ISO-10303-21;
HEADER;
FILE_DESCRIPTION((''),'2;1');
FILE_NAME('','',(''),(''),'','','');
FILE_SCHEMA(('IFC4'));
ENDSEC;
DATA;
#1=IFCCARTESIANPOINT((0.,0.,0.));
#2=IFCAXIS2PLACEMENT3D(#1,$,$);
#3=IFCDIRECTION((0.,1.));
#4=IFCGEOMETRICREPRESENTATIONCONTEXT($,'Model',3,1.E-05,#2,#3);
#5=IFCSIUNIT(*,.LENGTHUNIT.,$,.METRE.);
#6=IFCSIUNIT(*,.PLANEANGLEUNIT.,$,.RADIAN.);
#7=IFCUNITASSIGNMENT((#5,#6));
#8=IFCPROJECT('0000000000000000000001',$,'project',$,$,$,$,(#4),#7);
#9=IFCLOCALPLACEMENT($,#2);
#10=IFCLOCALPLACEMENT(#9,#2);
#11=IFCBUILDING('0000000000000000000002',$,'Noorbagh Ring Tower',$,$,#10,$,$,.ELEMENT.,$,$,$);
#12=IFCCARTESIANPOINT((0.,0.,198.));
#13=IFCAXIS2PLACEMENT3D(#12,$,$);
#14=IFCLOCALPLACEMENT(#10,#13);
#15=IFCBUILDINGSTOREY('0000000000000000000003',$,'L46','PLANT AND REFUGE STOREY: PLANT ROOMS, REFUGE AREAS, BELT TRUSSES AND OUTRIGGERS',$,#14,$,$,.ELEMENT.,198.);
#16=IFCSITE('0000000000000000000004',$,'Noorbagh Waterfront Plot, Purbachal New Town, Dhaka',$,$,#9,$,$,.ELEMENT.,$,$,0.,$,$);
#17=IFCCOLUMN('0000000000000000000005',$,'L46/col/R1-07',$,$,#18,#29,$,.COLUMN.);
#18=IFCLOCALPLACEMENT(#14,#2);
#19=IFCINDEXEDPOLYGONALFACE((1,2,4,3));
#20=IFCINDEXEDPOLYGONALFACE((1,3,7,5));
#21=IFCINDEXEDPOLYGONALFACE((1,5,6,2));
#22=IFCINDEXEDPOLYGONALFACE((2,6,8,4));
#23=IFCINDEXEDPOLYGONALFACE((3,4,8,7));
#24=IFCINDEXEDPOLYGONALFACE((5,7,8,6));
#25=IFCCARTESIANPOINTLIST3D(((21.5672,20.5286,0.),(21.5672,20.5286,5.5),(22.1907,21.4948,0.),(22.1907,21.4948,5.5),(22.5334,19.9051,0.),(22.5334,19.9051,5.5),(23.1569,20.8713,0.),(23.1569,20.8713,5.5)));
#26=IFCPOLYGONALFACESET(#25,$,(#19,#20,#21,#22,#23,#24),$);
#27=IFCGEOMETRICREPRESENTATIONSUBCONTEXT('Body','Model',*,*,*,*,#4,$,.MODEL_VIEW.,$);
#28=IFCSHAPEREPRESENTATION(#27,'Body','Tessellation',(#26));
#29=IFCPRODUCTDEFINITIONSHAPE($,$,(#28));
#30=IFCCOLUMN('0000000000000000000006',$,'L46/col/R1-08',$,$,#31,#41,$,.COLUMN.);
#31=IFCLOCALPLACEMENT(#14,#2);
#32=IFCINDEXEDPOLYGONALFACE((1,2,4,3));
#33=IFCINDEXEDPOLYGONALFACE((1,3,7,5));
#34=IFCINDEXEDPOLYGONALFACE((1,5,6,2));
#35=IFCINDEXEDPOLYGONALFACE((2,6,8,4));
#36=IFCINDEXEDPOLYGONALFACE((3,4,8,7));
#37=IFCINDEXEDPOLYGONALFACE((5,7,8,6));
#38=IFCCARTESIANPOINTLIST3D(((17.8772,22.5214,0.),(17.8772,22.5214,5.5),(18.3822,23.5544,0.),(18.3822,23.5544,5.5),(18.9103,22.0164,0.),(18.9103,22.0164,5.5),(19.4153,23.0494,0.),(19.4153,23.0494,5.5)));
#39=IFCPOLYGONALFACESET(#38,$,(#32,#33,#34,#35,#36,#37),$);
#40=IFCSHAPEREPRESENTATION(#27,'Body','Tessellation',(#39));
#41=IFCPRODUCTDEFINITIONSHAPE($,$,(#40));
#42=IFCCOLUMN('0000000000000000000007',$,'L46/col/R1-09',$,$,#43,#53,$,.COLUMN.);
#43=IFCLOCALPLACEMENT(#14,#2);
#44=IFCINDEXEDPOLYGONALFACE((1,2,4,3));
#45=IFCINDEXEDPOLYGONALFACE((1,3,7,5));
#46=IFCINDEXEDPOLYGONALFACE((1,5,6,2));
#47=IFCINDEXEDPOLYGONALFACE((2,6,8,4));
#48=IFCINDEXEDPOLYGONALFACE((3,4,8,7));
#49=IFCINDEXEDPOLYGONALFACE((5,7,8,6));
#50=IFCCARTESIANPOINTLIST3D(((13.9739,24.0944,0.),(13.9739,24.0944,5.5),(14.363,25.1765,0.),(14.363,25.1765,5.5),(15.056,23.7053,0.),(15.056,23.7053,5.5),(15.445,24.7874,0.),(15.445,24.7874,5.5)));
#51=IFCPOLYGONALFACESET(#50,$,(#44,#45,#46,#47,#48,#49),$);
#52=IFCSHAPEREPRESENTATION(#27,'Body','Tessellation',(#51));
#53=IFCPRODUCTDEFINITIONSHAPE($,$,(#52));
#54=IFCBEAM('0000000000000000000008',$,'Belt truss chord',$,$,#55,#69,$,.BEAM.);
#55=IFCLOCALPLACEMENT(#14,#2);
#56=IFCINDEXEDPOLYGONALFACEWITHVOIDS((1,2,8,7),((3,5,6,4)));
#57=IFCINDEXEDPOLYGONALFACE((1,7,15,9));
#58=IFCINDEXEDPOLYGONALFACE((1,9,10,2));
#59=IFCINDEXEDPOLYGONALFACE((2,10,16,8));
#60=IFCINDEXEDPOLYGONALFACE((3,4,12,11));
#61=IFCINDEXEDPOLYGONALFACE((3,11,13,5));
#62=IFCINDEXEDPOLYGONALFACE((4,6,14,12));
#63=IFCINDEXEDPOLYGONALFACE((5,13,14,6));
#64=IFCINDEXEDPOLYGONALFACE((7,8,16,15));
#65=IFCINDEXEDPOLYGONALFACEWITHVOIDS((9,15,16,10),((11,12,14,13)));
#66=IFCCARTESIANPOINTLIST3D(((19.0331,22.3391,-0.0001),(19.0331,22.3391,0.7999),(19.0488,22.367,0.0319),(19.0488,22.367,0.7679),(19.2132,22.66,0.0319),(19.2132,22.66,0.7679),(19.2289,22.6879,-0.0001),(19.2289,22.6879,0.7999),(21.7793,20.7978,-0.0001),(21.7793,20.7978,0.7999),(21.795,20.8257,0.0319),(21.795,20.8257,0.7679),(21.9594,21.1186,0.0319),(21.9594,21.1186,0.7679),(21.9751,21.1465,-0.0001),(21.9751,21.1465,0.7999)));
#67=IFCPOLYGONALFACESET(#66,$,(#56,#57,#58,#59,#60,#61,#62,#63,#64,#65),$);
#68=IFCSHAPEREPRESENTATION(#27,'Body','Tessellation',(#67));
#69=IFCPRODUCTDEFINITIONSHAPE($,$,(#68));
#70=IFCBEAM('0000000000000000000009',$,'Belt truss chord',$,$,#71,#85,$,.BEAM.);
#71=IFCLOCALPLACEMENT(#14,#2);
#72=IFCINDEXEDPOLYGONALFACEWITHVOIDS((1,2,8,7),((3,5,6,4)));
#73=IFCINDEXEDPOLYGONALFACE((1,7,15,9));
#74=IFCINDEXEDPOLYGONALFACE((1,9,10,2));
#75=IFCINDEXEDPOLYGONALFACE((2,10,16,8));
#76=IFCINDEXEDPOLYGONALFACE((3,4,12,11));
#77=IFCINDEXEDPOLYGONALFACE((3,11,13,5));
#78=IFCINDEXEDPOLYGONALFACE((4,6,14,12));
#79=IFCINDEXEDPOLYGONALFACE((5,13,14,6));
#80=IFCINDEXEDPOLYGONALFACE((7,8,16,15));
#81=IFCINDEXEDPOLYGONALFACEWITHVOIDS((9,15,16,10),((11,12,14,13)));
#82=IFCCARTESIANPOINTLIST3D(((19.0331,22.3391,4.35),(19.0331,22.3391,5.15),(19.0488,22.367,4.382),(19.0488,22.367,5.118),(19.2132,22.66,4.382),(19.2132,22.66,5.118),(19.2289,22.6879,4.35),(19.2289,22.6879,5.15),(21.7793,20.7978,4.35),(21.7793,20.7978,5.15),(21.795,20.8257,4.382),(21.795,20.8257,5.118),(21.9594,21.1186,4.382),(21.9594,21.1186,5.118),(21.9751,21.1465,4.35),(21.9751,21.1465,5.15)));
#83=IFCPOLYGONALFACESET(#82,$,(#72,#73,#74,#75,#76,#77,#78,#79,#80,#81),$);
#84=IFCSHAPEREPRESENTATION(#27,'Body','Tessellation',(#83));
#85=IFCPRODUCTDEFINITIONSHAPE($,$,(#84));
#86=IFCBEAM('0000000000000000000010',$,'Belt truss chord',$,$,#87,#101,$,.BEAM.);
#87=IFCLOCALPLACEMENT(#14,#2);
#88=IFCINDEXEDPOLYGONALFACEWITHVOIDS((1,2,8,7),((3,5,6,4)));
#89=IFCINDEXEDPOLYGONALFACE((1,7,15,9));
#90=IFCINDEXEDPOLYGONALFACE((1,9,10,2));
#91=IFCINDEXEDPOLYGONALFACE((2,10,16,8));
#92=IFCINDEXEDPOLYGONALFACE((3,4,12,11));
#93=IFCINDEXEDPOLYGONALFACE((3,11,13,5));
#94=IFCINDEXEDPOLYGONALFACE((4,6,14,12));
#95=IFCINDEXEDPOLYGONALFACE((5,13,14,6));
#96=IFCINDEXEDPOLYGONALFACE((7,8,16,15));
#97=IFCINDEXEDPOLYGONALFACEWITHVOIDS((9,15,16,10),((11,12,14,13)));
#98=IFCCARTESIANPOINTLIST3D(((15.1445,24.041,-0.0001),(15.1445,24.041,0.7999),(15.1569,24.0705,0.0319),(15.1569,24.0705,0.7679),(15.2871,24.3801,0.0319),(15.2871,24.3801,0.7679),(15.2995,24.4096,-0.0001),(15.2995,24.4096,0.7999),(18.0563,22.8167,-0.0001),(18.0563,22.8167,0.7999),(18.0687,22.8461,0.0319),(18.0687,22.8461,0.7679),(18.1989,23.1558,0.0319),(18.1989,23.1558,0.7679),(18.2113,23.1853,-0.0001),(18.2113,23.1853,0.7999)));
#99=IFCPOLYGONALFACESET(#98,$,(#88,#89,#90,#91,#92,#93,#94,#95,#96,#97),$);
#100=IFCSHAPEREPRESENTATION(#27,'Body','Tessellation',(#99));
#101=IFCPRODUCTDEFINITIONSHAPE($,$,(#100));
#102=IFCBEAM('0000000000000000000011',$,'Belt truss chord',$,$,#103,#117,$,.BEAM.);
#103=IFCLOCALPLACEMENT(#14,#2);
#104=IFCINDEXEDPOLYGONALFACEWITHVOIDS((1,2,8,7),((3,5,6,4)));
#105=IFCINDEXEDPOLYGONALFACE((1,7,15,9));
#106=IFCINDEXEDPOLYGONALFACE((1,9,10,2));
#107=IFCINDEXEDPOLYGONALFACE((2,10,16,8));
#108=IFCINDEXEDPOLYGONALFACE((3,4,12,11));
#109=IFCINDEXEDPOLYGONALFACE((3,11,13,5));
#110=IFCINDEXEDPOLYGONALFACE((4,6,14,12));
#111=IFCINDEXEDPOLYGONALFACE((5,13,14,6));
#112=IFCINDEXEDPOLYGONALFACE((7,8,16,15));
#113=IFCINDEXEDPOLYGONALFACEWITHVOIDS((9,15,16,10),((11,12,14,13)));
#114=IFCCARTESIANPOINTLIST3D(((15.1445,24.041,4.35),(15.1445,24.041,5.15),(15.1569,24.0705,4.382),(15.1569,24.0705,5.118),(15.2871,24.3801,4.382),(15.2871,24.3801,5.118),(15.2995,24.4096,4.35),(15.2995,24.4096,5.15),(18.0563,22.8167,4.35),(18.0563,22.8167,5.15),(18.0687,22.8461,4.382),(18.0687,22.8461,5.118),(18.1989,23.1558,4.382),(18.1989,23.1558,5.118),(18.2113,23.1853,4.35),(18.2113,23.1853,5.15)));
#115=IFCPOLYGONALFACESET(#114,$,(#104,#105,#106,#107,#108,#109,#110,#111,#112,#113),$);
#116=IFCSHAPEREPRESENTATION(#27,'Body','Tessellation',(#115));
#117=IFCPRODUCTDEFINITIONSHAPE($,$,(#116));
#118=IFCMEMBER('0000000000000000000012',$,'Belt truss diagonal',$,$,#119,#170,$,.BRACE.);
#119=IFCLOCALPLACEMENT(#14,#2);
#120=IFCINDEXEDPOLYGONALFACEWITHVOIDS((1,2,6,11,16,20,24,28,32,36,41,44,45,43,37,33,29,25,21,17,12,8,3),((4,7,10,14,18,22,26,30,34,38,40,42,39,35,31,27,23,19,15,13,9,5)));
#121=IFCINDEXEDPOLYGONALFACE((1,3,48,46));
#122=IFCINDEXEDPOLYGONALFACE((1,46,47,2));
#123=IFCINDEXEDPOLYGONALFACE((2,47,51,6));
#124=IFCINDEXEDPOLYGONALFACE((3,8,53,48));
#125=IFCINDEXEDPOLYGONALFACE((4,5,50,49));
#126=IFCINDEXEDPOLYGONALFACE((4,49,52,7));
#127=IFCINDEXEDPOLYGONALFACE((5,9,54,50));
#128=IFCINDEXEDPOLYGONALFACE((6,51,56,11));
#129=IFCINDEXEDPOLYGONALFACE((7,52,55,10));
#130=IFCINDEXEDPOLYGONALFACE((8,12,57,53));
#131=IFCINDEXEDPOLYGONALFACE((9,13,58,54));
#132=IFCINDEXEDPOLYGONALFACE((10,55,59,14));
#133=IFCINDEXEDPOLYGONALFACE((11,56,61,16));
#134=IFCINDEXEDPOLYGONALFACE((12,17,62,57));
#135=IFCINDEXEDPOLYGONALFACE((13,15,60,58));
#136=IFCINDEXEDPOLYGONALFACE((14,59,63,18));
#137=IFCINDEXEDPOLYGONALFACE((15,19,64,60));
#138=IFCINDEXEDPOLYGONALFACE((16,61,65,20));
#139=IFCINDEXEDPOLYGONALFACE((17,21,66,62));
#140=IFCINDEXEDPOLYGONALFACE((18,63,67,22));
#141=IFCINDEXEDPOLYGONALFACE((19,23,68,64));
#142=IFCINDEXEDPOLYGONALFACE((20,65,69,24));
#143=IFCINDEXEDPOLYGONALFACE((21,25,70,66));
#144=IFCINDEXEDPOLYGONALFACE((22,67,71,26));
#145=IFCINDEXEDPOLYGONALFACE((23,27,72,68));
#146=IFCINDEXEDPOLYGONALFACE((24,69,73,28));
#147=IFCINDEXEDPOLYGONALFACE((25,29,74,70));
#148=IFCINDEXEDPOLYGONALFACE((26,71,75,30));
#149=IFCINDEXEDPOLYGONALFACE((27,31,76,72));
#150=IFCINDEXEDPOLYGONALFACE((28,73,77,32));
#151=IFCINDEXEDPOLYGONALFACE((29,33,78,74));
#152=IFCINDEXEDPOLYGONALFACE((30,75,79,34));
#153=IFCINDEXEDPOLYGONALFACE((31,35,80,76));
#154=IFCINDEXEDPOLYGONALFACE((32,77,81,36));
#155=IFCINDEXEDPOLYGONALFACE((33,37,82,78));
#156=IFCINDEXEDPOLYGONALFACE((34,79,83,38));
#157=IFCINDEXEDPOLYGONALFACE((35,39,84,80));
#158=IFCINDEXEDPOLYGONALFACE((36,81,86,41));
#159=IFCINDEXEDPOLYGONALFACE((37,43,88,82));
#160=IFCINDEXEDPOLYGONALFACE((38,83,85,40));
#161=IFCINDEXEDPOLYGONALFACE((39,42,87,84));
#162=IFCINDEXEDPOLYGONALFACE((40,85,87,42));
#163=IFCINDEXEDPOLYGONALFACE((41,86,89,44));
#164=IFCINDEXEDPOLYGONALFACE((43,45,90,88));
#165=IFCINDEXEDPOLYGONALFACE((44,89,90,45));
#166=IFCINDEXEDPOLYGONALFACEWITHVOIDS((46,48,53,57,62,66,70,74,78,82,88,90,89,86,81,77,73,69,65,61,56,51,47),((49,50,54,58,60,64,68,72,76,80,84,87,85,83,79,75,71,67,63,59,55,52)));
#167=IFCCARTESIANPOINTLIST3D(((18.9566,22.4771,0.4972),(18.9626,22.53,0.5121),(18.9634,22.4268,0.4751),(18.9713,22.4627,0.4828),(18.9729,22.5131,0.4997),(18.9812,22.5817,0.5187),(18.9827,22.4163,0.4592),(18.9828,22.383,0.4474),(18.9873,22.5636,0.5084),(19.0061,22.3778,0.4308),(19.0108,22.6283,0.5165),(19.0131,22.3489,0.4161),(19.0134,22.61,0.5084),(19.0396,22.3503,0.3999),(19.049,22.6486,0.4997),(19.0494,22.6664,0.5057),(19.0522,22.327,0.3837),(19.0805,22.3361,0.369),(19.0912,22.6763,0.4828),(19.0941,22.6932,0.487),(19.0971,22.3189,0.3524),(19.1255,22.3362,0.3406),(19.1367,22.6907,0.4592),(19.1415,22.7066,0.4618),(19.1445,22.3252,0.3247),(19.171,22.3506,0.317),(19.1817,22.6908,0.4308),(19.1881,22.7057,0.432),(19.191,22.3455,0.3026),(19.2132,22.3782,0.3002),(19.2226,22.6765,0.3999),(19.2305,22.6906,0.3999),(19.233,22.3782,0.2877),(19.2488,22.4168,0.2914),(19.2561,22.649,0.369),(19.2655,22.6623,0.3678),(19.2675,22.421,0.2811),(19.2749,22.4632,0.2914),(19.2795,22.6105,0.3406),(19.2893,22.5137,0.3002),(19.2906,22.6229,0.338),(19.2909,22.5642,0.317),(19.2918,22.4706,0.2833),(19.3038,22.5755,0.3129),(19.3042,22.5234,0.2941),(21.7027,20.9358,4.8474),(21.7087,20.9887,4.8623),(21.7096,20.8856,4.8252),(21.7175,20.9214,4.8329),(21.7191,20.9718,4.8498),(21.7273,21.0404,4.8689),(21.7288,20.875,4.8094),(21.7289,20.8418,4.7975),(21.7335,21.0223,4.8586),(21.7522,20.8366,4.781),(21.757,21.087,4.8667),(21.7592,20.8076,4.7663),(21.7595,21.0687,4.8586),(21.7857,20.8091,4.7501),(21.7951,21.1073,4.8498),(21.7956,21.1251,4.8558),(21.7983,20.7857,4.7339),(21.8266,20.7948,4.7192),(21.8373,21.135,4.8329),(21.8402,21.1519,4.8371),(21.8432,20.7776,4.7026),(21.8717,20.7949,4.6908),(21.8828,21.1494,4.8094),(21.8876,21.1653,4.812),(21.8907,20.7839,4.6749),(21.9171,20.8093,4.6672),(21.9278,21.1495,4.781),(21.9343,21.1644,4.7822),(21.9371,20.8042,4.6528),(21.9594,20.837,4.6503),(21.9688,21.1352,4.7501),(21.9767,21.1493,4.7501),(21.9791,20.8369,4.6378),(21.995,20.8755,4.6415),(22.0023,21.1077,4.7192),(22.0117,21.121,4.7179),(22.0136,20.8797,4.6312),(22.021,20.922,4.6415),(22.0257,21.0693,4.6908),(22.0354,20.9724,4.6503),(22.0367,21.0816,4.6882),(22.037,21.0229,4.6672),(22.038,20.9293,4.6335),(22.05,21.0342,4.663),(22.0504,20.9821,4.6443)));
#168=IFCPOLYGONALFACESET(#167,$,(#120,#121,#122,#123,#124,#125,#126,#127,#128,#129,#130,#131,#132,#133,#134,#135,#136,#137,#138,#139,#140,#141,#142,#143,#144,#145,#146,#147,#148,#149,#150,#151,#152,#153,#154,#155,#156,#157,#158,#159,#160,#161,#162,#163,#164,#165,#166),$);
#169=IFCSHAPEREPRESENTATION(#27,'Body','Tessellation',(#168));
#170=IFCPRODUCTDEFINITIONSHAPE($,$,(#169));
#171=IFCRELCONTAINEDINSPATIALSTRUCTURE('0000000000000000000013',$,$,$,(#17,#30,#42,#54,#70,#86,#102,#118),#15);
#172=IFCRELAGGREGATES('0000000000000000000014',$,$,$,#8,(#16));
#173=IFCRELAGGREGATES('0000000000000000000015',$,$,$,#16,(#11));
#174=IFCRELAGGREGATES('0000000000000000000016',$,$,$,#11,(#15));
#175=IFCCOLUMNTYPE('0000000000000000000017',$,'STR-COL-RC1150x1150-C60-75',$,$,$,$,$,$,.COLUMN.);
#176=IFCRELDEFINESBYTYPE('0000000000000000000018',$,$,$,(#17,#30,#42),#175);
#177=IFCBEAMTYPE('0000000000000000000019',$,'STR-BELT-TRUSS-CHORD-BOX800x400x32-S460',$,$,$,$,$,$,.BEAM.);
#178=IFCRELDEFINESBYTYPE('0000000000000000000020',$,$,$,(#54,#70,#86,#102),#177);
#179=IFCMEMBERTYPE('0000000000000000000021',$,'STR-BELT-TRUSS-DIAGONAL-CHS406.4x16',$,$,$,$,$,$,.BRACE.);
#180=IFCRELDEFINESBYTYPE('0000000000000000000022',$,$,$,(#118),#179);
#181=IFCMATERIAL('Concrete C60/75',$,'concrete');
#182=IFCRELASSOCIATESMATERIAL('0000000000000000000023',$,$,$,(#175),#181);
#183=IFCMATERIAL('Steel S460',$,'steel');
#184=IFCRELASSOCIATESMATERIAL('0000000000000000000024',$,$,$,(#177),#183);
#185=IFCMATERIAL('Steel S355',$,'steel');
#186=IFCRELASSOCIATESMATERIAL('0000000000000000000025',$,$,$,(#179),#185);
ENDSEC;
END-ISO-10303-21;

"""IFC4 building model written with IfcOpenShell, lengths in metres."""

from ifc_helpers import new_model, si_unit, direction, frame, origin, origin_2d, place, context, subcontext, project, spatial, rectangle, hollow_rectangle, hollow_circle, extrude, material, material_profile, profile_set, type_object, element, save


model = new_model("IFC4")

# Units and contexts
model_context = context("Model", 3, precision=1e-05, world=origin(), true_north=direction((0.0, 1.0)))
body_context = subcontext(model_context, "Body", "Model", "MODEL_VIEW")
ifc_project = project(units=[si_unit("LENGTHUNIT", "METRE"), si_unit("PLANEANGLEUNIT", "RADIAN")], contexts=[model_context])

# Site, building, storey
site_placement = place(None, origin())
site = spatial("IfcSite", under=ifc_project, at=site_placement, Name="Noorbagh Waterfront Plot, Purbachal New Town, Dhaka", CompositionType="ELEMENT", RefElevation=0.0)
building_placement = place(site_placement, origin())
building = spatial("IfcBuilding", under=site, at=building_placement, Name="Noorbagh Ring Tower", CompositionType="ELEMENT")
storey_placement = place(building_placement, frame((0.0, 0.0, 198.0)))
storey = spatial("IfcBuildingStorey", under=building, at=storey_placement, Name="L46", Description="PLANT AND REFUGE STOREY: PLANT ROOMS, REFUGE AREAS, BELT TRUSSES AND OUTRIGGERS", CompositionType="ELEMENT", Elevation=198.0)

# Columns
ifc_material_1 = material(Name="Concrete C60/75", Category="concrete")
ifc_material_profile_1 = material_profile(ifc_material_1, rectangle(XDim=1.1499, YDim=1.1499, at=origin_2d()), Name="RC1150x1150")
ifc_profile_set_1 = profile_set([ifc_material_profile_1], Name="Concrete C60/75")
column_type = type_object("IfcColumnType", Name="STR-COL-RC1150x1150-C60-75", PredefinedType="COLUMN", material=ifc_profile_set_1)
for number, where, z_axis, x_axis, name in (
    (1, (22.3621, 20.7, 0.0), (0.0, 0.0, 1.0), (-0.840248, 0.542203, 0.0), "L46/col/R1-07"),
    (2, (18.6462, 22.7854, 0.0), (0.0, 0.0, 1.0), (-0.898399, 0.43918, 0.0), "L46/col/R1-08"),
    (3, (14.7095, 24.4409, 0.0), (0.0, 0.0, 1.0), (-0.941025, 0.338338, 0.0), "L46/col/R1-09"),
):
    element("IfcColumn", number, at=place(storey_placement, frame(where, z_axis=z_axis, x_axis=x_axis)), inside=storey, type_object=column_type, Name=name, PredefinedType="COLUMN", context=body_context, shape_type="SweptSolid", body=[
        extrude(rectangle(XDim=1.1499, YDim=1.1499, at=origin_2d()), origin(), (0.0, 0.0, 1.0), 5.5),
    ])

# Beams
ifc_material_2 = material(Name="Steel S460", Category="steel")
ifc_material_profile_2 = material_profile(ifc_material_2, hollow_rectangle(XDim=0.3999, YDim=0.8, WallThickness=0.032, at=origin_2d()), Name="BOX800x400x32")
ifc_profile_set_2 = profile_set([ifc_material_profile_2], Name="Steel S460")
beam_type_1 = type_object("IfcBeamType", Name="STR-BELT-TRUSS-CHORD-BOX800x400x32-S460", PredefinedType="BEAM", material=ifc_profile_set_2)
for number, where, z_axis, x_axis, name in (
    (4, (21.8772, 20.9722, 0.3999), (-0.872039, 0.489437, 0.0), (-0.489437, -0.872039, 0.0), "Belt truss chord"),
    (5, (21.8772, 20.9722, 4.75), (-0.872039, 0.489437, 0.0), (-0.489437, -0.872039, 0.0), "Belt truss chord"),
):
    element("IfcBeam", number, at=place(storey_placement, frame(where, z_axis=z_axis, x_axis=x_axis)), inside=storey, type_object=beam_type_1, Name=name, PredefinedType="BEAM", context=body_context, shape_type="SweptSolid", body=[
        extrude(hollow_rectangle(XDim=0.3999, YDim=0.8, WallThickness=0.032, at=origin_2d()), origin(), (0.0, 0.0, 1.0), 3.1492),
    ])
for number, where, z_axis, x_axis, name in (
    (6, (18.1338, 23.001, 0.3999), (-0.921826, 0.387604, 0.0), (-0.387604, -0.921826, 0.0), "Belt truss chord"),
    (7, (18.1338, 23.001, 4.75), (-0.921826, 0.387604, 0.0), (-0.387604, -0.921826, 0.0), "Belt truss chord"),
):
    element("IfcBeam", number, at=place(storey_placement, frame(where, z_axis=z_axis, x_axis=x_axis)), inside=storey, type_object=beam_type_1, Name=name, PredefinedType="BEAM", context=body_context, shape_type="SweptSolid", body=[
        extrude(hollow_rectangle(XDim=0.3999, YDim=0.8, WallThickness=0.032, at=origin_2d()), origin(), (0.0, 0.0, 1.0), 3.1587),
    ])

# Member
ifc_material_3 = material(Name="Steel S355", Category="steel")
ifc_material_profile_3 = material_profile(ifc_material_3, hollow_circle(Radius=0.2031, WallThickness=0.0161, at=origin_2d()), Name="CHS406.4x16")
ifc_profile_set_3 = profile_set([ifc_material_profile_3], Name="Steel S355")
member_type = type_object("IfcMemberType", Name="STR-BELT-TRUSS-DIAGONAL-CHS406.4x16", PredefinedType="BRACE", material=ifc_profile_set_3)
member_1_placement = place(storey_placement, frame((19.1311, 22.5134, 0.3999), z_axis=(0.511351, -0.286998, 0.810032), x_axis=(0.489437, 0.872039, 0.0)))
element("IfcMember", 8, at=member_1_placement, inside=storey, type_object=member_type, Name="Belt truss diagonal", PredefinedType="BRACE", context=body_context, shape_type="SweptSolid", body=[
    extrude(hollow_circle(Radius=0.2031, WallThickness=0.0161, at=origin_2d()), origin(), (0.0, 0.0, 1.0), 5.3704),
])

save(model, "model.ifc")
